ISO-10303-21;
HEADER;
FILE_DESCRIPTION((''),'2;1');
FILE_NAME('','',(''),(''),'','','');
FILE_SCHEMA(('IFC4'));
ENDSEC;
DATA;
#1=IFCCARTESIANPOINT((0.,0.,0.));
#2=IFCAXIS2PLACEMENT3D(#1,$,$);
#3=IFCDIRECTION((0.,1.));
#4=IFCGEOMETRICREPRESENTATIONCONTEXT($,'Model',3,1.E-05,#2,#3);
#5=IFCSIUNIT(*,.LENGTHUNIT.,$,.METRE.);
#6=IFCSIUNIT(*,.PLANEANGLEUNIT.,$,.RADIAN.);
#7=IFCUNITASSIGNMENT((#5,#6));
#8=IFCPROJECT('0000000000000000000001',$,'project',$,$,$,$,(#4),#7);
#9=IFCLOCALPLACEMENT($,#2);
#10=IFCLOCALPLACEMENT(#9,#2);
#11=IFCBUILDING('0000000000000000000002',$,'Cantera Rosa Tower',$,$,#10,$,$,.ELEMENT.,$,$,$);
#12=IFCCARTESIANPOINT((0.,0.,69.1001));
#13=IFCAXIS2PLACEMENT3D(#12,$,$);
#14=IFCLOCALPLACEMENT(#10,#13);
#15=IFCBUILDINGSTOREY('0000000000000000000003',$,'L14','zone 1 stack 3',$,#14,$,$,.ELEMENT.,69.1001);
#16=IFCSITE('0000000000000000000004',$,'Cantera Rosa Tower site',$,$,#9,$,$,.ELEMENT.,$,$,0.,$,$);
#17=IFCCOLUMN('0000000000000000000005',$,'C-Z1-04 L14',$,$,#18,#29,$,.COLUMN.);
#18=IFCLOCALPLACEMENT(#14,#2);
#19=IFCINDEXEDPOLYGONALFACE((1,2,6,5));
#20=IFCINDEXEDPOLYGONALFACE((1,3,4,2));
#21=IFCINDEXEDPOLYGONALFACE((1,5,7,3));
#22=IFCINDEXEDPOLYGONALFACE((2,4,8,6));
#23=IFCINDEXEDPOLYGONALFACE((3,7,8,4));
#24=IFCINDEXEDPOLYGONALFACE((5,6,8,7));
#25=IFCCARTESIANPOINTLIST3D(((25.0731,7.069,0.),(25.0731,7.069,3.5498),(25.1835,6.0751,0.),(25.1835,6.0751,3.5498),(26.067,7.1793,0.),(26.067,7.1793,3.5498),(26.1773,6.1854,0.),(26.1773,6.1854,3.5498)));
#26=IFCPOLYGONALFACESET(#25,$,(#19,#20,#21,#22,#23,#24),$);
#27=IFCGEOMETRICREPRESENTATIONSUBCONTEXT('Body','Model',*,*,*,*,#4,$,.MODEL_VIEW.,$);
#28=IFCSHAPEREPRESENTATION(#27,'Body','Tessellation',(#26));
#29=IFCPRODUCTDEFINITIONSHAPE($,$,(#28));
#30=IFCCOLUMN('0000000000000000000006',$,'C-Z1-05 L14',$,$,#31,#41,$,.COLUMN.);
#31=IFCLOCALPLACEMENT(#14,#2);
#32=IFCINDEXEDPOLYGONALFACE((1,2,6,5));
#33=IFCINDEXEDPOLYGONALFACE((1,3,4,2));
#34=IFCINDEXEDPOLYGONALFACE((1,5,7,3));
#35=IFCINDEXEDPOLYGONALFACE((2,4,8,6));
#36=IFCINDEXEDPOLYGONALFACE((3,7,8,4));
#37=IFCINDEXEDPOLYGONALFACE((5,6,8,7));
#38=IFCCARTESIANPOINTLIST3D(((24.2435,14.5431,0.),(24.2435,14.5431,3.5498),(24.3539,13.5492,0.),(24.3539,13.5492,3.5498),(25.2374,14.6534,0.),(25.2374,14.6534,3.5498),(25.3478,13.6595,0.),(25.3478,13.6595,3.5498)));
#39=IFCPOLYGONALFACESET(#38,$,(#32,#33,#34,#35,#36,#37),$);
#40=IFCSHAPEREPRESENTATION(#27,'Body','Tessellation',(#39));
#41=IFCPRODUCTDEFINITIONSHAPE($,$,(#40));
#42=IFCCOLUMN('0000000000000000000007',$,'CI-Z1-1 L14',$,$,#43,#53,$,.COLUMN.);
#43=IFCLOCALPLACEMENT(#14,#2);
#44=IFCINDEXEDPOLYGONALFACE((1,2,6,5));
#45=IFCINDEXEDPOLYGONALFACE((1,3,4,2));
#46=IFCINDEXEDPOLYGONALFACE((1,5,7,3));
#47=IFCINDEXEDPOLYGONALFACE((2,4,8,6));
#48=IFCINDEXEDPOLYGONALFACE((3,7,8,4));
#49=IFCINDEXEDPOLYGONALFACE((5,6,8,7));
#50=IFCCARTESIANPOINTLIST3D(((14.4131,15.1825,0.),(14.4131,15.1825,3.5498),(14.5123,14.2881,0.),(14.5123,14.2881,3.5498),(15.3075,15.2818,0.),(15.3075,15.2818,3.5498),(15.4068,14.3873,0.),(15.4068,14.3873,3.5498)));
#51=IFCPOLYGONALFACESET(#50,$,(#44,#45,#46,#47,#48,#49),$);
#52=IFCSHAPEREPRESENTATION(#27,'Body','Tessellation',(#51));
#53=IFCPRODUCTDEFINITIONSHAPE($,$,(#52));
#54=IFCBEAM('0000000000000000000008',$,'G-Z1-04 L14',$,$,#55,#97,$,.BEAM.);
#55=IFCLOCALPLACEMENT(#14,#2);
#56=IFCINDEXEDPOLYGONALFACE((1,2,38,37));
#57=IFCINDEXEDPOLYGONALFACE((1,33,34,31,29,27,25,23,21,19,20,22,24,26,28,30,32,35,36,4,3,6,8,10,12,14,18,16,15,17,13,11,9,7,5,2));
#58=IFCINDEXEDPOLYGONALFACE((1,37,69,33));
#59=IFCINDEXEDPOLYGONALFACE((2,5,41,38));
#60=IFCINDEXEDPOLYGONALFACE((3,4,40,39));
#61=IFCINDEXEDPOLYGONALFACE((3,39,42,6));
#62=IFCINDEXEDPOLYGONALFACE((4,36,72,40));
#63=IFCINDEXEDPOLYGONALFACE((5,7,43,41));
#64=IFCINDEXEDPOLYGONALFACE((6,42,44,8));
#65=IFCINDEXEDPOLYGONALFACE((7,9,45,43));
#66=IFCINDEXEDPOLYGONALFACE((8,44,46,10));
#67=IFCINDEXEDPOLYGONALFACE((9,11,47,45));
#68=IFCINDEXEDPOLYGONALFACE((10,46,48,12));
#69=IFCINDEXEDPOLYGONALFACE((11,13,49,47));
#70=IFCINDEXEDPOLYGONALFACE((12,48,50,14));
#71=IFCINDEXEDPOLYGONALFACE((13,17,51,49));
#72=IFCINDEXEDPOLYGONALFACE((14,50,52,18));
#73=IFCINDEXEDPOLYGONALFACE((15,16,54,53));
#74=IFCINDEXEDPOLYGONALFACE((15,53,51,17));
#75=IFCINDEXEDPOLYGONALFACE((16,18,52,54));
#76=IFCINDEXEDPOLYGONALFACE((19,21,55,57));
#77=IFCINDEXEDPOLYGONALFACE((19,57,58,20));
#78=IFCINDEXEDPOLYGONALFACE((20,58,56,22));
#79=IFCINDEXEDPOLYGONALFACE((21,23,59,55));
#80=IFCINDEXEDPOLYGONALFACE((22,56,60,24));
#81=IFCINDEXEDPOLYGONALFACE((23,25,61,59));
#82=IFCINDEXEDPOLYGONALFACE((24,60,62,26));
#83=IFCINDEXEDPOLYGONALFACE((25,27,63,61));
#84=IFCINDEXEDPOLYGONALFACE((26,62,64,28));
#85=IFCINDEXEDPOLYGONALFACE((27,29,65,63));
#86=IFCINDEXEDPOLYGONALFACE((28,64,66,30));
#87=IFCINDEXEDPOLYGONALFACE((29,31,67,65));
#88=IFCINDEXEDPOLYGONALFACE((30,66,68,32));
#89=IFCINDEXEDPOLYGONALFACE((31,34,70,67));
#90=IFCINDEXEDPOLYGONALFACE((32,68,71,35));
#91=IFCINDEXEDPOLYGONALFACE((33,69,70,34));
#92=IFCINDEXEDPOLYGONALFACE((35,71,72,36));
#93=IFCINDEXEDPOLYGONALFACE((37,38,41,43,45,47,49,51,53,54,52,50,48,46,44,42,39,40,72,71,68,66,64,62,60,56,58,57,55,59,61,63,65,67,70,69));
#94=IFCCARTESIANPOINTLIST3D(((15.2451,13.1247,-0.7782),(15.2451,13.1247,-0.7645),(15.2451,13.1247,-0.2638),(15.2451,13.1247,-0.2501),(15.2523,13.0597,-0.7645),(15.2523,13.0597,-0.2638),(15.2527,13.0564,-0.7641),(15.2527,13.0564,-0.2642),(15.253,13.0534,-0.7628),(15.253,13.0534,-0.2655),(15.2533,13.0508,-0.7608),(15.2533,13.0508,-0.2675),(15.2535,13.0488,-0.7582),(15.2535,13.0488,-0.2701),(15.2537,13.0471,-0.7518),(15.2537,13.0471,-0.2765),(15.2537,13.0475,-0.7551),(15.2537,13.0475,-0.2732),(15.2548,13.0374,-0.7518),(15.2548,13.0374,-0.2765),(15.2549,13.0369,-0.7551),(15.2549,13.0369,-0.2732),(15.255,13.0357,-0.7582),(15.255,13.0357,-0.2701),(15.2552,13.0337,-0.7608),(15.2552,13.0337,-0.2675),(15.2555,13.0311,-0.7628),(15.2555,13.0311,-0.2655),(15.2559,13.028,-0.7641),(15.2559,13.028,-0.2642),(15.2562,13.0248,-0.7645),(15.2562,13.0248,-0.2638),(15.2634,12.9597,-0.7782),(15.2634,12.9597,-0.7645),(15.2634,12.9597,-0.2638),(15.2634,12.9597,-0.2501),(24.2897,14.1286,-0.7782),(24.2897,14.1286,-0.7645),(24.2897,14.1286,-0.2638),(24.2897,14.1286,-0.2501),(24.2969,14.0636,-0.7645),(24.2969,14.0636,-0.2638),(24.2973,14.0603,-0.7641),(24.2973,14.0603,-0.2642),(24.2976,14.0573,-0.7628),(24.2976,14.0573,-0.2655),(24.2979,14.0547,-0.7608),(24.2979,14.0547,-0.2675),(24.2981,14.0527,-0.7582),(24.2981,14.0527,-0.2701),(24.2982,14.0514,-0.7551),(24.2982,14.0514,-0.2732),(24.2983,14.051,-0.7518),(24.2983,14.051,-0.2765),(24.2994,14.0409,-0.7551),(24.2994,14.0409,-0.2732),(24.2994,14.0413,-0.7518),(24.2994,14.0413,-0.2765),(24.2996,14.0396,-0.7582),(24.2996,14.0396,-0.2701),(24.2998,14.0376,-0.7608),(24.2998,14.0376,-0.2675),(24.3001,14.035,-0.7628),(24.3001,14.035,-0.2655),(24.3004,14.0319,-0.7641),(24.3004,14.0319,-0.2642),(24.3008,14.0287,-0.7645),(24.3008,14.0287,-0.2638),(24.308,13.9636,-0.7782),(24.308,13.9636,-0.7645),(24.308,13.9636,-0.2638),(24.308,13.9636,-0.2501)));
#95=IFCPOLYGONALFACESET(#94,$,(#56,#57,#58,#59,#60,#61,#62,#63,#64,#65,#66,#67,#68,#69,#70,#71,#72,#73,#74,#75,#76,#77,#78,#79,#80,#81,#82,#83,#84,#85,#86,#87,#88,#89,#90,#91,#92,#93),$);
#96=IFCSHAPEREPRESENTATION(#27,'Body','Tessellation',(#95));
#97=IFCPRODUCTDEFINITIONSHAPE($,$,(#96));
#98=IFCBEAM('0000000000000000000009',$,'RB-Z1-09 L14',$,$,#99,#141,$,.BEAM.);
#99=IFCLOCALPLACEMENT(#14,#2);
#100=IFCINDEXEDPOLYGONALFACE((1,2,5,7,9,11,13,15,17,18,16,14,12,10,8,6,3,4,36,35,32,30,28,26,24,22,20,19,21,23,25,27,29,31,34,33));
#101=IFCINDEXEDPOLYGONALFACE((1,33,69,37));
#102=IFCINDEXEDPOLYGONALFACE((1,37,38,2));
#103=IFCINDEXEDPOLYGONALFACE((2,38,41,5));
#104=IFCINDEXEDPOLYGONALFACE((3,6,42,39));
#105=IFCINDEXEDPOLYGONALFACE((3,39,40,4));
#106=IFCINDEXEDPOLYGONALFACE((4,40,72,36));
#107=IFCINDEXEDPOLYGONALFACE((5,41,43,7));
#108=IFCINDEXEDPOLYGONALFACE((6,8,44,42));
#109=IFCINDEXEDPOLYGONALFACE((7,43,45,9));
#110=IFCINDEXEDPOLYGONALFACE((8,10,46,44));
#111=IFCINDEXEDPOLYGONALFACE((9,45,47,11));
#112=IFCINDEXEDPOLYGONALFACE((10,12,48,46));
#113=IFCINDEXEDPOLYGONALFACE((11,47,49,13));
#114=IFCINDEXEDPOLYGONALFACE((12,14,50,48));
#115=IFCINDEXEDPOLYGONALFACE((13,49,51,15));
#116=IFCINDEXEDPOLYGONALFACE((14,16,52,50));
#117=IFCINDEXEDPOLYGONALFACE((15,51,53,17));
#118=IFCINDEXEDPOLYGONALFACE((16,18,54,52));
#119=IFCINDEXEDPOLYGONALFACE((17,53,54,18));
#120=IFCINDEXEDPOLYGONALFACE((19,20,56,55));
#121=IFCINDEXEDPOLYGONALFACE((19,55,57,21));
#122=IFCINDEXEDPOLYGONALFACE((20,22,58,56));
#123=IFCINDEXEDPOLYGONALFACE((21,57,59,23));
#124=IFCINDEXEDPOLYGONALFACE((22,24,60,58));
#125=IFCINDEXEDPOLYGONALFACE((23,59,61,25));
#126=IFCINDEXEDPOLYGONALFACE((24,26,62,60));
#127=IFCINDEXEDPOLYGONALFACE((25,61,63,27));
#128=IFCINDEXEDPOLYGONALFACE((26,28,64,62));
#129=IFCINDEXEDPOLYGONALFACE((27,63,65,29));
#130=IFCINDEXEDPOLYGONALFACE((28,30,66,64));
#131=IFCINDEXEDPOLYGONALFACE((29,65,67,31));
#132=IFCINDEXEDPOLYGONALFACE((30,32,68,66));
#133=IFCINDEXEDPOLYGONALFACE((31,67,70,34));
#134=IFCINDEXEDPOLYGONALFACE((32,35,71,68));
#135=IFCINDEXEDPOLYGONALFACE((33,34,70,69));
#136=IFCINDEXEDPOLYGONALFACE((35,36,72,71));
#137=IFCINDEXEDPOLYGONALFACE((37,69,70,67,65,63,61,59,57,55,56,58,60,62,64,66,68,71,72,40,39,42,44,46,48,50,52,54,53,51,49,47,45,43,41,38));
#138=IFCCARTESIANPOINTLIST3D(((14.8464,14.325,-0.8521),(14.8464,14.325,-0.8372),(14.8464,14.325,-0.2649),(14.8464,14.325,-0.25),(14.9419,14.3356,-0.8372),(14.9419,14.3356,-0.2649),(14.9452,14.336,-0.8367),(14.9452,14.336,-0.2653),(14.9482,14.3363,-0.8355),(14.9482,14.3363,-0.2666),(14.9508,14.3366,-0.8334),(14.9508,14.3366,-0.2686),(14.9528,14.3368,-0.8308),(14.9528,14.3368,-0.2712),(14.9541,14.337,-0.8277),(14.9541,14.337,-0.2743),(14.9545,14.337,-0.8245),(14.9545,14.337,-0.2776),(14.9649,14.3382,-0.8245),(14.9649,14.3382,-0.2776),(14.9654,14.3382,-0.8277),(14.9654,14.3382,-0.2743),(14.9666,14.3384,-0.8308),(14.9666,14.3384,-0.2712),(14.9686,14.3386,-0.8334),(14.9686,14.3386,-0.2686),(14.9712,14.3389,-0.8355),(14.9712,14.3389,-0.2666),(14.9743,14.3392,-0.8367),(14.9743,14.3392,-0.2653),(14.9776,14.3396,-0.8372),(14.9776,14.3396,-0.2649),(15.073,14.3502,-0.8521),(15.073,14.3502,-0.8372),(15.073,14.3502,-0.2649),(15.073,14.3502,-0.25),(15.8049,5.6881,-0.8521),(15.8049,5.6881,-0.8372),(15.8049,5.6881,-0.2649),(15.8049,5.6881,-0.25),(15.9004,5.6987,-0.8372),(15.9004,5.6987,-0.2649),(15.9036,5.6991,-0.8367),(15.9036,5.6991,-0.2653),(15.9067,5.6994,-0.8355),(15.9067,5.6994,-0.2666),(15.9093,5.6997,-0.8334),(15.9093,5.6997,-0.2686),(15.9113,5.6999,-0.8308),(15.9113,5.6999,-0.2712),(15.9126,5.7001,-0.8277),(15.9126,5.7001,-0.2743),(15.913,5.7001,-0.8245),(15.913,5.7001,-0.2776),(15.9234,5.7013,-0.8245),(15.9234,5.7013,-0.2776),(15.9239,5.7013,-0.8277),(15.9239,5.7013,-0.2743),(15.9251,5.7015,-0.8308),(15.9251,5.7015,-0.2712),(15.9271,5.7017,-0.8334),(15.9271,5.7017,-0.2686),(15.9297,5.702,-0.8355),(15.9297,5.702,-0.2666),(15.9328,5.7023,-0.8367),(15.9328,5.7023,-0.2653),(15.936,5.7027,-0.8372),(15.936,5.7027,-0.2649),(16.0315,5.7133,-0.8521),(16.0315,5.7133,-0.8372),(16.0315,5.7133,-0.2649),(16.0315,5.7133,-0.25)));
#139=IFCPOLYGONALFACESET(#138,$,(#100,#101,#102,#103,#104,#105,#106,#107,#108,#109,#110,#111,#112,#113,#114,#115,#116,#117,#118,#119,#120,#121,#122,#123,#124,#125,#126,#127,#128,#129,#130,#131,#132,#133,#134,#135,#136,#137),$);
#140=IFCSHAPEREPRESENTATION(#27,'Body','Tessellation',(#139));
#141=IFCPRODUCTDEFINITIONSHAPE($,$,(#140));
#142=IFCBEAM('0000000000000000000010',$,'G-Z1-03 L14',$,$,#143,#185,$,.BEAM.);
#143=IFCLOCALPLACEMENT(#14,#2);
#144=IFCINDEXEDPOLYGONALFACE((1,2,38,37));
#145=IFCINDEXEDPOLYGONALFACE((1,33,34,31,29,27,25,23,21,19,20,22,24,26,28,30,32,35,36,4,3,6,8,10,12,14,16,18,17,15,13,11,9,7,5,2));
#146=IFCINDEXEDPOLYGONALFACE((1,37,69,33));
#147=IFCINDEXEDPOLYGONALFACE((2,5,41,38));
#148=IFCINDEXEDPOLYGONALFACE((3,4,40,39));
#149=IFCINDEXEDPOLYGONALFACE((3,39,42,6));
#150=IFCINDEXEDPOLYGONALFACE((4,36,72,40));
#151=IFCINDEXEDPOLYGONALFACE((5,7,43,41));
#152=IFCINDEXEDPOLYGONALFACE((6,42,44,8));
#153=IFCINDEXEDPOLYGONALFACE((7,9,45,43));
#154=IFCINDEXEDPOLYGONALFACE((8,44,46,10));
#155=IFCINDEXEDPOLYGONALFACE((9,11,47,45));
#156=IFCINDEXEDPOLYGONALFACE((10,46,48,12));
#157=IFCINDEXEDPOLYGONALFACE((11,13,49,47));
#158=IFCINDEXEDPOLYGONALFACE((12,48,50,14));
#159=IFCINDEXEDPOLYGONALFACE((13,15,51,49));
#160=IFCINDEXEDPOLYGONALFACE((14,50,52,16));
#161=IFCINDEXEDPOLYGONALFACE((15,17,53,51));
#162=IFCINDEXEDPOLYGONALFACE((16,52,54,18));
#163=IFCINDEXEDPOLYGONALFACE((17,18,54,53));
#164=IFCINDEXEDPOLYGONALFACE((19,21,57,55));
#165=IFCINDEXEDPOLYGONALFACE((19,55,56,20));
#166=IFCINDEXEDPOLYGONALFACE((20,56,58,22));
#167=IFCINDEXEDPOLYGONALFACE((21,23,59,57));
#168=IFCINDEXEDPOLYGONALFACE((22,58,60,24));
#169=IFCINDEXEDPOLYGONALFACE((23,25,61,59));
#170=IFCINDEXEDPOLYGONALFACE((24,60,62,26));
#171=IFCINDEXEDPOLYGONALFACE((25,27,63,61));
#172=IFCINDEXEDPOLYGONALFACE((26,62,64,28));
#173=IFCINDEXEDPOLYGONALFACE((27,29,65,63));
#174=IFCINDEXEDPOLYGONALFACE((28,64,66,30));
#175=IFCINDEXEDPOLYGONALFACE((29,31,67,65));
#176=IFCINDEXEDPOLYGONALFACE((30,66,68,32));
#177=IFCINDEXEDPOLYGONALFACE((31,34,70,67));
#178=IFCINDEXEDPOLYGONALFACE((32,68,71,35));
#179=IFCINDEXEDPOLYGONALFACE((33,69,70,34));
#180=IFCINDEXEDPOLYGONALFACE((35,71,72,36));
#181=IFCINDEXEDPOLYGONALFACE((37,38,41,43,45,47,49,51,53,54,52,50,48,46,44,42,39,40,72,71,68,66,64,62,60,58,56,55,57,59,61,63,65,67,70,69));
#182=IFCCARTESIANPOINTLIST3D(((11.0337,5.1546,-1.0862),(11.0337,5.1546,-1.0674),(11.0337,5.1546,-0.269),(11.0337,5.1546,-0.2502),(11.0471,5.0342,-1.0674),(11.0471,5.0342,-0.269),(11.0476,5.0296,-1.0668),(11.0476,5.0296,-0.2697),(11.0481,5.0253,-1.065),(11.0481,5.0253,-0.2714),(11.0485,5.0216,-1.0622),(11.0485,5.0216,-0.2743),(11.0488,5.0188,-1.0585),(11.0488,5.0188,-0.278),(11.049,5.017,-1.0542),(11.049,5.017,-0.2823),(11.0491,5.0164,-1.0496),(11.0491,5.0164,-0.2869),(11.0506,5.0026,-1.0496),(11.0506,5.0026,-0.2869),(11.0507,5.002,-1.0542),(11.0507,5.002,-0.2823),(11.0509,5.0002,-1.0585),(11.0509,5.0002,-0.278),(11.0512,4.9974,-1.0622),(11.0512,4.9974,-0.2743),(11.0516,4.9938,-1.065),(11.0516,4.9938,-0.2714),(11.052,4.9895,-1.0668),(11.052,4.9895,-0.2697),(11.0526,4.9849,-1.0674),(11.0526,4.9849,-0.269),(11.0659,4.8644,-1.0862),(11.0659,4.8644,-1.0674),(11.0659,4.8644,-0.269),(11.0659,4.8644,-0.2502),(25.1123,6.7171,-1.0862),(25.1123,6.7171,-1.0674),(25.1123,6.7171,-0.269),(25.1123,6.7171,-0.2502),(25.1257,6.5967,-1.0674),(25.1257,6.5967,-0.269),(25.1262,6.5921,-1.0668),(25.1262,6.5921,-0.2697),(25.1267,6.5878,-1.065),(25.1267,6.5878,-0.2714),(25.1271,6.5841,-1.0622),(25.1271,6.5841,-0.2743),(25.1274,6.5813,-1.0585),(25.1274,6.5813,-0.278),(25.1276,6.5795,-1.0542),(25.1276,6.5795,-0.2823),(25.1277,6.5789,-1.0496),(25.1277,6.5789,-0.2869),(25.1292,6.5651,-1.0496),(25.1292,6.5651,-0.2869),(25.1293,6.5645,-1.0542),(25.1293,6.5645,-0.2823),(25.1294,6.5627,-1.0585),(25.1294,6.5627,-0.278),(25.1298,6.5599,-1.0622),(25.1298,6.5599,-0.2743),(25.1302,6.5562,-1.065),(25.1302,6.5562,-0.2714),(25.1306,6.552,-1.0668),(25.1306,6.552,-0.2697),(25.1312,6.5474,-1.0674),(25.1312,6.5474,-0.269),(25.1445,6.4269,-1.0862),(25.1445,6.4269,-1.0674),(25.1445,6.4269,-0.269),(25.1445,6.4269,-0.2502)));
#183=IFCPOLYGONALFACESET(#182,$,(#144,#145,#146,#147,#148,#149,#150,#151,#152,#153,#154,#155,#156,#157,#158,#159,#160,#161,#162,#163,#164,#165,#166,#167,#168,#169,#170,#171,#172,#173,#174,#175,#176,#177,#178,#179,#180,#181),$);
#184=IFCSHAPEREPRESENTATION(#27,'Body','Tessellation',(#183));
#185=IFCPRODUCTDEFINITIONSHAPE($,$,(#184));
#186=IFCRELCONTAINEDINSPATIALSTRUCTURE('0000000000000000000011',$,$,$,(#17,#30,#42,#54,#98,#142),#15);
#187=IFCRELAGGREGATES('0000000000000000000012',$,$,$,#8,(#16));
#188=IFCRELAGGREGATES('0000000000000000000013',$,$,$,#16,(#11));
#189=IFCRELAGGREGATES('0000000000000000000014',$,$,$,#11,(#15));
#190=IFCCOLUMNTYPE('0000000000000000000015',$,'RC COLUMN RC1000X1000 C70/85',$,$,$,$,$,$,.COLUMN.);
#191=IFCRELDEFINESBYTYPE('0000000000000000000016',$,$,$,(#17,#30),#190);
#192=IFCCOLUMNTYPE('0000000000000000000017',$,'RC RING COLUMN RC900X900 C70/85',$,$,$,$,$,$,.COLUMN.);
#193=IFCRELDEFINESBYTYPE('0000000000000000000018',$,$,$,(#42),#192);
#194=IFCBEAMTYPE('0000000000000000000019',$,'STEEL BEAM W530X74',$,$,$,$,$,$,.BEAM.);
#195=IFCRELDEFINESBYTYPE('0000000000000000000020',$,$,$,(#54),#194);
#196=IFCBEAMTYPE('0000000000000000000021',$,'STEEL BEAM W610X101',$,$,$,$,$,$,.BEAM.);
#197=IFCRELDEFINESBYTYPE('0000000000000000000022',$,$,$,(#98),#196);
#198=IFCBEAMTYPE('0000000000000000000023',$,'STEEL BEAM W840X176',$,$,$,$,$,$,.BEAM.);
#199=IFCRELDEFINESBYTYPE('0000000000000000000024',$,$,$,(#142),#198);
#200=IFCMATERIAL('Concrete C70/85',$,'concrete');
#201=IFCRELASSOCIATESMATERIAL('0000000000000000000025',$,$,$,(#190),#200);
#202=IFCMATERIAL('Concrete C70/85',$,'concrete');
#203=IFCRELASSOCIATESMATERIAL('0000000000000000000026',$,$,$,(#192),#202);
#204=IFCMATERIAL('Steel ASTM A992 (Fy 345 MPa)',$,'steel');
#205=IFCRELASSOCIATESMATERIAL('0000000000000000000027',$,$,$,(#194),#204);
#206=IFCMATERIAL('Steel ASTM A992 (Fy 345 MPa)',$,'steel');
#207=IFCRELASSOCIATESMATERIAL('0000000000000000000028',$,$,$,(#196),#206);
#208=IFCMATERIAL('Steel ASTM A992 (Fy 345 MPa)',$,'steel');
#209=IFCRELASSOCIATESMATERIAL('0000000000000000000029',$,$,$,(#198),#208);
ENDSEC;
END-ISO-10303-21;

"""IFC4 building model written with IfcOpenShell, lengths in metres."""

from ifc_helpers import new_model, si_unit, direction, frame, origin, origin_2d, place, context, subcontext, project, spatial, rectangle, i_section, extrude, material, material_profile, profile_set, type_object, element, save


model = new_model("IFC4")

# Units and contexts
model_context = context("Model", 3, precision=1e-05, world=origin(), true_north=direction((0.0, 1.0)))
body_context = subcontext(model_context, "Body", "Model", "MODEL_VIEW")
ifc_project = project(units=[si_unit("LENGTHUNIT", "METRE"), si_unit("PLANEANGLEUNIT", "RADIAN")], contexts=[model_context])

# Site, building, storey
site_placement = place(None, origin())
site = spatial("IfcSite", under=ifc_project, at=site_placement, Name="Cantera Rosa Tower site", CompositionType="ELEMENT", RefElevation=0.0)
building_placement = place(site_placement, origin())
building = spatial("IfcBuilding", under=site, at=building_placement, Name="Cantera Rosa Tower", CompositionType="ELEMENT")
storey_placement = place(building_placement, frame((0.0, 0.0, 69.1001)))
storey = spatial("IfcBuildingStorey", under=building, at=storey_placement, Name="L14", Description="zone 1 stack 3", CompositionType="ELEMENT", Elevation=69.1001)

# Columns
ifc_material_1 = material(Name="Concrete C70/85", Category="concrete")
ifc_material_profile_1 = material_profile(ifc_material_1, rectangle(XDim=1.0, YDim=1.0, at=origin_2d()), Name="RC COLUMN RC1000X1000 C70/85")
ifc_profile_set_1 = profile_set([ifc_material_profile_1], Name="Concrete C70/85")
column_type_1 = type_object("IfcColumnType", Name="RC COLUMN RC1000X1000 C70/85", PredefinedType="COLUMN", material=ifc_profile_set_1)
for number, where, z_axis, x_axis, name in (
    (1, (25.6252, 6.6272, 0.0), (0.0, 0.0, 1.0), (0.993897, 0.110313, 0.0), "C-Z1-04 L14"),
    (2, (24.7957, 14.1013, 0.0), (0.0, 0.0, 1.0), (0.993897, 0.110313, 0.0), "C-Z1-05 L14"),
):
    element("IfcColumn", number, at=place(storey_placement, frame(where, z_axis=z_axis, x_axis=x_axis)), inside=storey, type_object=column_type_1, Name=name, PredefinedType="COLUMN", context=body_context, shape_type="SweptSolid", body=[
        extrude(rectangle(XDim=1.0, YDim=1.0, at=origin_2d()), origin(), (0.0, 0.0, 1.0), 3.5498),
    ])
ifc_material_2 = material(Name="Concrete C70/85", Category="concrete")
ifc_material_profile_2 = material_profile(ifc_material_2, rectangle(XDim=0.8999, YDim=0.8999, at=origin_2d()), Name="RC RING COLUMN RC900X900 C70/85")
ifc_profile_set_2 = profile_set([ifc_material_profile_2], Name="Concrete C70/85")
column_type_2 = type_object("IfcColumnType", Name="RC RING COLUMN RC900X900 C70/85", PredefinedType="COLUMN", material=ifc_profile_set_2)
column_placement = place(storey_placement, frame((14.9099, 14.7849, 0.0), z_axis=(0.0, 0.0, 1.0), x_axis=(0.993897, 0.110313, 0.0)))
element("IfcColumn", 3, at=column_placement, inside=storey, type_object=column_type_2, Name="CI-Z1-1 L14", PredefinedType="COLUMN", context=body_context, shape_type="SweptSolid", body=[
    extrude(rectangle(XDim=0.8999, YDim=0.8999, at=origin_2d()), origin(), (0.0, 0.0, 1.0), 3.5498),
])

# Beams
ifc_material_3 = material(Name="Steel ASTM A992 (Fy 345 MPa)", Category="steel")
ifc_material_profile_3 = material_profile(ifc_material_3, i_section(OverallWidth=0.166, OverallDepth=0.5281, WebThickness=0.0098, FlangeThickness=0.0137, FilletRadius=0.0127, at=origin_2d()), Name="W530X74")
ifc_profile_set_3 = profile_set([ifc_material_profile_3], Name="Steel ASTM A992 (Fy 345 MPa)")
beam_type_1 = type_object("IfcBeamType", Name="STEEL BEAM W530X74", PredefinedType="BEAM", material=ifc_profile_set_3)
beam_1_placement = place(storey_placement, frame((24.2988, 14.0461, -0.5142), z_axis=(-0.993896, -0.11032, 0.0), x_axis=(0.11032, -0.993896, 0.0)))
element("IfcBeam", 4, at=beam_1_placement, inside=storey, type_object=beam_type_1, Name="G-Z1-04 L14", PredefinedType="BEAM", context=body_context, shape_type="SweptSolid", body=[
    extrude(i_section(OverallWidth=0.166, OverallDepth=0.5281, WebThickness=0.0098, FlangeThickness=0.0137, FilletRadius=0.0127, at=origin_2d()), origin(), (0.0, 0.0, 1.0), 9.1001),
])
ifc_material_4 = material(Name="Steel ASTM A992 (Fy 345 MPa)", Category="steel")
ifc_material_profile_4 = material_profile(ifc_material_4, i_section(OverallWidth=0.228, OverallDepth=0.6021, WebThickness=0.0105, FlangeThickness=0.0149, FilletRadius=0.0127, at=origin_2d()), Name="W610X101")
ifc_profile_set_4 = profile_set([ifc_material_profile_4], Name="Steel ASTM A992 (Fy 345 MPa)")
beam_type_2 = type_object("IfcBeamType", Name="STEEL BEAM W610X101", PredefinedType="BEAM", material=ifc_profile_set_4)
beam_2_placement = place(storey_placement, frame((15.9182, 5.7007, -0.551), z_axis=(-0.110299, 0.993898, 0.0), x_axis=(-0.993898, -0.110299, 0.0)))
element("IfcBeam", 5, at=beam_2_placement, inside=storey, type_object=beam_type_2, Name="RB-Z1-09 L14", PredefinedType="BEAM", context=body_context, shape_type="SweptSolid", body=[
    extrude(i_section(OverallWidth=0.228, OverallDepth=0.6021, WebThickness=0.0105, FlangeThickness=0.0149, FilletRadius=0.0127, at=origin_2d()), origin(), (0.0, 0.0, 1.0), 8.6899),
])
ifc_material_5 = material(Name="Steel ASTM A992 (Fy 345 MPa)", Category="steel")
ifc_material_profile_5 = material_profile(ifc_material_5, i_section(OverallWidth=0.292, OverallDepth=0.8359, WebThickness=0.0139, FlangeThickness=0.0188, FilletRadius=0.0178, at=origin_2d()), Name="W840X176")
ifc_profile_set_5 = profile_set([ifc_material_profile_5], Name="Steel ASTM A992 (Fy 345 MPa)")
beam_type_3 = type_object("IfcBeamType", Name="STEEL BEAM W840X176", PredefinedType="BEAM", material=ifc_profile_set_5)
beam_3_placement = place(storey_placement, frame((25.1284, 6.572, -0.6682), z_axis=(-0.993898, -0.110307, 0.0), x_axis=(0.110307, -0.993898, 0.0)))
element("IfcBeam", 6, at=beam_3_placement, inside=storey, type_object=beam_type_3, Name="G-Z1-03 L14", PredefinedType="BEAM", context=body_context, shape_type="SweptSolid", body=[
    extrude(i_section(OverallWidth=0.292, OverallDepth=0.8359, WebThickness=0.0139, FlangeThickness=0.0188, FilletRadius=0.0178, at=origin_2d()), origin(), (0.0, 0.0, 1.0), 14.165),
])

save(model, "model.ifc")
